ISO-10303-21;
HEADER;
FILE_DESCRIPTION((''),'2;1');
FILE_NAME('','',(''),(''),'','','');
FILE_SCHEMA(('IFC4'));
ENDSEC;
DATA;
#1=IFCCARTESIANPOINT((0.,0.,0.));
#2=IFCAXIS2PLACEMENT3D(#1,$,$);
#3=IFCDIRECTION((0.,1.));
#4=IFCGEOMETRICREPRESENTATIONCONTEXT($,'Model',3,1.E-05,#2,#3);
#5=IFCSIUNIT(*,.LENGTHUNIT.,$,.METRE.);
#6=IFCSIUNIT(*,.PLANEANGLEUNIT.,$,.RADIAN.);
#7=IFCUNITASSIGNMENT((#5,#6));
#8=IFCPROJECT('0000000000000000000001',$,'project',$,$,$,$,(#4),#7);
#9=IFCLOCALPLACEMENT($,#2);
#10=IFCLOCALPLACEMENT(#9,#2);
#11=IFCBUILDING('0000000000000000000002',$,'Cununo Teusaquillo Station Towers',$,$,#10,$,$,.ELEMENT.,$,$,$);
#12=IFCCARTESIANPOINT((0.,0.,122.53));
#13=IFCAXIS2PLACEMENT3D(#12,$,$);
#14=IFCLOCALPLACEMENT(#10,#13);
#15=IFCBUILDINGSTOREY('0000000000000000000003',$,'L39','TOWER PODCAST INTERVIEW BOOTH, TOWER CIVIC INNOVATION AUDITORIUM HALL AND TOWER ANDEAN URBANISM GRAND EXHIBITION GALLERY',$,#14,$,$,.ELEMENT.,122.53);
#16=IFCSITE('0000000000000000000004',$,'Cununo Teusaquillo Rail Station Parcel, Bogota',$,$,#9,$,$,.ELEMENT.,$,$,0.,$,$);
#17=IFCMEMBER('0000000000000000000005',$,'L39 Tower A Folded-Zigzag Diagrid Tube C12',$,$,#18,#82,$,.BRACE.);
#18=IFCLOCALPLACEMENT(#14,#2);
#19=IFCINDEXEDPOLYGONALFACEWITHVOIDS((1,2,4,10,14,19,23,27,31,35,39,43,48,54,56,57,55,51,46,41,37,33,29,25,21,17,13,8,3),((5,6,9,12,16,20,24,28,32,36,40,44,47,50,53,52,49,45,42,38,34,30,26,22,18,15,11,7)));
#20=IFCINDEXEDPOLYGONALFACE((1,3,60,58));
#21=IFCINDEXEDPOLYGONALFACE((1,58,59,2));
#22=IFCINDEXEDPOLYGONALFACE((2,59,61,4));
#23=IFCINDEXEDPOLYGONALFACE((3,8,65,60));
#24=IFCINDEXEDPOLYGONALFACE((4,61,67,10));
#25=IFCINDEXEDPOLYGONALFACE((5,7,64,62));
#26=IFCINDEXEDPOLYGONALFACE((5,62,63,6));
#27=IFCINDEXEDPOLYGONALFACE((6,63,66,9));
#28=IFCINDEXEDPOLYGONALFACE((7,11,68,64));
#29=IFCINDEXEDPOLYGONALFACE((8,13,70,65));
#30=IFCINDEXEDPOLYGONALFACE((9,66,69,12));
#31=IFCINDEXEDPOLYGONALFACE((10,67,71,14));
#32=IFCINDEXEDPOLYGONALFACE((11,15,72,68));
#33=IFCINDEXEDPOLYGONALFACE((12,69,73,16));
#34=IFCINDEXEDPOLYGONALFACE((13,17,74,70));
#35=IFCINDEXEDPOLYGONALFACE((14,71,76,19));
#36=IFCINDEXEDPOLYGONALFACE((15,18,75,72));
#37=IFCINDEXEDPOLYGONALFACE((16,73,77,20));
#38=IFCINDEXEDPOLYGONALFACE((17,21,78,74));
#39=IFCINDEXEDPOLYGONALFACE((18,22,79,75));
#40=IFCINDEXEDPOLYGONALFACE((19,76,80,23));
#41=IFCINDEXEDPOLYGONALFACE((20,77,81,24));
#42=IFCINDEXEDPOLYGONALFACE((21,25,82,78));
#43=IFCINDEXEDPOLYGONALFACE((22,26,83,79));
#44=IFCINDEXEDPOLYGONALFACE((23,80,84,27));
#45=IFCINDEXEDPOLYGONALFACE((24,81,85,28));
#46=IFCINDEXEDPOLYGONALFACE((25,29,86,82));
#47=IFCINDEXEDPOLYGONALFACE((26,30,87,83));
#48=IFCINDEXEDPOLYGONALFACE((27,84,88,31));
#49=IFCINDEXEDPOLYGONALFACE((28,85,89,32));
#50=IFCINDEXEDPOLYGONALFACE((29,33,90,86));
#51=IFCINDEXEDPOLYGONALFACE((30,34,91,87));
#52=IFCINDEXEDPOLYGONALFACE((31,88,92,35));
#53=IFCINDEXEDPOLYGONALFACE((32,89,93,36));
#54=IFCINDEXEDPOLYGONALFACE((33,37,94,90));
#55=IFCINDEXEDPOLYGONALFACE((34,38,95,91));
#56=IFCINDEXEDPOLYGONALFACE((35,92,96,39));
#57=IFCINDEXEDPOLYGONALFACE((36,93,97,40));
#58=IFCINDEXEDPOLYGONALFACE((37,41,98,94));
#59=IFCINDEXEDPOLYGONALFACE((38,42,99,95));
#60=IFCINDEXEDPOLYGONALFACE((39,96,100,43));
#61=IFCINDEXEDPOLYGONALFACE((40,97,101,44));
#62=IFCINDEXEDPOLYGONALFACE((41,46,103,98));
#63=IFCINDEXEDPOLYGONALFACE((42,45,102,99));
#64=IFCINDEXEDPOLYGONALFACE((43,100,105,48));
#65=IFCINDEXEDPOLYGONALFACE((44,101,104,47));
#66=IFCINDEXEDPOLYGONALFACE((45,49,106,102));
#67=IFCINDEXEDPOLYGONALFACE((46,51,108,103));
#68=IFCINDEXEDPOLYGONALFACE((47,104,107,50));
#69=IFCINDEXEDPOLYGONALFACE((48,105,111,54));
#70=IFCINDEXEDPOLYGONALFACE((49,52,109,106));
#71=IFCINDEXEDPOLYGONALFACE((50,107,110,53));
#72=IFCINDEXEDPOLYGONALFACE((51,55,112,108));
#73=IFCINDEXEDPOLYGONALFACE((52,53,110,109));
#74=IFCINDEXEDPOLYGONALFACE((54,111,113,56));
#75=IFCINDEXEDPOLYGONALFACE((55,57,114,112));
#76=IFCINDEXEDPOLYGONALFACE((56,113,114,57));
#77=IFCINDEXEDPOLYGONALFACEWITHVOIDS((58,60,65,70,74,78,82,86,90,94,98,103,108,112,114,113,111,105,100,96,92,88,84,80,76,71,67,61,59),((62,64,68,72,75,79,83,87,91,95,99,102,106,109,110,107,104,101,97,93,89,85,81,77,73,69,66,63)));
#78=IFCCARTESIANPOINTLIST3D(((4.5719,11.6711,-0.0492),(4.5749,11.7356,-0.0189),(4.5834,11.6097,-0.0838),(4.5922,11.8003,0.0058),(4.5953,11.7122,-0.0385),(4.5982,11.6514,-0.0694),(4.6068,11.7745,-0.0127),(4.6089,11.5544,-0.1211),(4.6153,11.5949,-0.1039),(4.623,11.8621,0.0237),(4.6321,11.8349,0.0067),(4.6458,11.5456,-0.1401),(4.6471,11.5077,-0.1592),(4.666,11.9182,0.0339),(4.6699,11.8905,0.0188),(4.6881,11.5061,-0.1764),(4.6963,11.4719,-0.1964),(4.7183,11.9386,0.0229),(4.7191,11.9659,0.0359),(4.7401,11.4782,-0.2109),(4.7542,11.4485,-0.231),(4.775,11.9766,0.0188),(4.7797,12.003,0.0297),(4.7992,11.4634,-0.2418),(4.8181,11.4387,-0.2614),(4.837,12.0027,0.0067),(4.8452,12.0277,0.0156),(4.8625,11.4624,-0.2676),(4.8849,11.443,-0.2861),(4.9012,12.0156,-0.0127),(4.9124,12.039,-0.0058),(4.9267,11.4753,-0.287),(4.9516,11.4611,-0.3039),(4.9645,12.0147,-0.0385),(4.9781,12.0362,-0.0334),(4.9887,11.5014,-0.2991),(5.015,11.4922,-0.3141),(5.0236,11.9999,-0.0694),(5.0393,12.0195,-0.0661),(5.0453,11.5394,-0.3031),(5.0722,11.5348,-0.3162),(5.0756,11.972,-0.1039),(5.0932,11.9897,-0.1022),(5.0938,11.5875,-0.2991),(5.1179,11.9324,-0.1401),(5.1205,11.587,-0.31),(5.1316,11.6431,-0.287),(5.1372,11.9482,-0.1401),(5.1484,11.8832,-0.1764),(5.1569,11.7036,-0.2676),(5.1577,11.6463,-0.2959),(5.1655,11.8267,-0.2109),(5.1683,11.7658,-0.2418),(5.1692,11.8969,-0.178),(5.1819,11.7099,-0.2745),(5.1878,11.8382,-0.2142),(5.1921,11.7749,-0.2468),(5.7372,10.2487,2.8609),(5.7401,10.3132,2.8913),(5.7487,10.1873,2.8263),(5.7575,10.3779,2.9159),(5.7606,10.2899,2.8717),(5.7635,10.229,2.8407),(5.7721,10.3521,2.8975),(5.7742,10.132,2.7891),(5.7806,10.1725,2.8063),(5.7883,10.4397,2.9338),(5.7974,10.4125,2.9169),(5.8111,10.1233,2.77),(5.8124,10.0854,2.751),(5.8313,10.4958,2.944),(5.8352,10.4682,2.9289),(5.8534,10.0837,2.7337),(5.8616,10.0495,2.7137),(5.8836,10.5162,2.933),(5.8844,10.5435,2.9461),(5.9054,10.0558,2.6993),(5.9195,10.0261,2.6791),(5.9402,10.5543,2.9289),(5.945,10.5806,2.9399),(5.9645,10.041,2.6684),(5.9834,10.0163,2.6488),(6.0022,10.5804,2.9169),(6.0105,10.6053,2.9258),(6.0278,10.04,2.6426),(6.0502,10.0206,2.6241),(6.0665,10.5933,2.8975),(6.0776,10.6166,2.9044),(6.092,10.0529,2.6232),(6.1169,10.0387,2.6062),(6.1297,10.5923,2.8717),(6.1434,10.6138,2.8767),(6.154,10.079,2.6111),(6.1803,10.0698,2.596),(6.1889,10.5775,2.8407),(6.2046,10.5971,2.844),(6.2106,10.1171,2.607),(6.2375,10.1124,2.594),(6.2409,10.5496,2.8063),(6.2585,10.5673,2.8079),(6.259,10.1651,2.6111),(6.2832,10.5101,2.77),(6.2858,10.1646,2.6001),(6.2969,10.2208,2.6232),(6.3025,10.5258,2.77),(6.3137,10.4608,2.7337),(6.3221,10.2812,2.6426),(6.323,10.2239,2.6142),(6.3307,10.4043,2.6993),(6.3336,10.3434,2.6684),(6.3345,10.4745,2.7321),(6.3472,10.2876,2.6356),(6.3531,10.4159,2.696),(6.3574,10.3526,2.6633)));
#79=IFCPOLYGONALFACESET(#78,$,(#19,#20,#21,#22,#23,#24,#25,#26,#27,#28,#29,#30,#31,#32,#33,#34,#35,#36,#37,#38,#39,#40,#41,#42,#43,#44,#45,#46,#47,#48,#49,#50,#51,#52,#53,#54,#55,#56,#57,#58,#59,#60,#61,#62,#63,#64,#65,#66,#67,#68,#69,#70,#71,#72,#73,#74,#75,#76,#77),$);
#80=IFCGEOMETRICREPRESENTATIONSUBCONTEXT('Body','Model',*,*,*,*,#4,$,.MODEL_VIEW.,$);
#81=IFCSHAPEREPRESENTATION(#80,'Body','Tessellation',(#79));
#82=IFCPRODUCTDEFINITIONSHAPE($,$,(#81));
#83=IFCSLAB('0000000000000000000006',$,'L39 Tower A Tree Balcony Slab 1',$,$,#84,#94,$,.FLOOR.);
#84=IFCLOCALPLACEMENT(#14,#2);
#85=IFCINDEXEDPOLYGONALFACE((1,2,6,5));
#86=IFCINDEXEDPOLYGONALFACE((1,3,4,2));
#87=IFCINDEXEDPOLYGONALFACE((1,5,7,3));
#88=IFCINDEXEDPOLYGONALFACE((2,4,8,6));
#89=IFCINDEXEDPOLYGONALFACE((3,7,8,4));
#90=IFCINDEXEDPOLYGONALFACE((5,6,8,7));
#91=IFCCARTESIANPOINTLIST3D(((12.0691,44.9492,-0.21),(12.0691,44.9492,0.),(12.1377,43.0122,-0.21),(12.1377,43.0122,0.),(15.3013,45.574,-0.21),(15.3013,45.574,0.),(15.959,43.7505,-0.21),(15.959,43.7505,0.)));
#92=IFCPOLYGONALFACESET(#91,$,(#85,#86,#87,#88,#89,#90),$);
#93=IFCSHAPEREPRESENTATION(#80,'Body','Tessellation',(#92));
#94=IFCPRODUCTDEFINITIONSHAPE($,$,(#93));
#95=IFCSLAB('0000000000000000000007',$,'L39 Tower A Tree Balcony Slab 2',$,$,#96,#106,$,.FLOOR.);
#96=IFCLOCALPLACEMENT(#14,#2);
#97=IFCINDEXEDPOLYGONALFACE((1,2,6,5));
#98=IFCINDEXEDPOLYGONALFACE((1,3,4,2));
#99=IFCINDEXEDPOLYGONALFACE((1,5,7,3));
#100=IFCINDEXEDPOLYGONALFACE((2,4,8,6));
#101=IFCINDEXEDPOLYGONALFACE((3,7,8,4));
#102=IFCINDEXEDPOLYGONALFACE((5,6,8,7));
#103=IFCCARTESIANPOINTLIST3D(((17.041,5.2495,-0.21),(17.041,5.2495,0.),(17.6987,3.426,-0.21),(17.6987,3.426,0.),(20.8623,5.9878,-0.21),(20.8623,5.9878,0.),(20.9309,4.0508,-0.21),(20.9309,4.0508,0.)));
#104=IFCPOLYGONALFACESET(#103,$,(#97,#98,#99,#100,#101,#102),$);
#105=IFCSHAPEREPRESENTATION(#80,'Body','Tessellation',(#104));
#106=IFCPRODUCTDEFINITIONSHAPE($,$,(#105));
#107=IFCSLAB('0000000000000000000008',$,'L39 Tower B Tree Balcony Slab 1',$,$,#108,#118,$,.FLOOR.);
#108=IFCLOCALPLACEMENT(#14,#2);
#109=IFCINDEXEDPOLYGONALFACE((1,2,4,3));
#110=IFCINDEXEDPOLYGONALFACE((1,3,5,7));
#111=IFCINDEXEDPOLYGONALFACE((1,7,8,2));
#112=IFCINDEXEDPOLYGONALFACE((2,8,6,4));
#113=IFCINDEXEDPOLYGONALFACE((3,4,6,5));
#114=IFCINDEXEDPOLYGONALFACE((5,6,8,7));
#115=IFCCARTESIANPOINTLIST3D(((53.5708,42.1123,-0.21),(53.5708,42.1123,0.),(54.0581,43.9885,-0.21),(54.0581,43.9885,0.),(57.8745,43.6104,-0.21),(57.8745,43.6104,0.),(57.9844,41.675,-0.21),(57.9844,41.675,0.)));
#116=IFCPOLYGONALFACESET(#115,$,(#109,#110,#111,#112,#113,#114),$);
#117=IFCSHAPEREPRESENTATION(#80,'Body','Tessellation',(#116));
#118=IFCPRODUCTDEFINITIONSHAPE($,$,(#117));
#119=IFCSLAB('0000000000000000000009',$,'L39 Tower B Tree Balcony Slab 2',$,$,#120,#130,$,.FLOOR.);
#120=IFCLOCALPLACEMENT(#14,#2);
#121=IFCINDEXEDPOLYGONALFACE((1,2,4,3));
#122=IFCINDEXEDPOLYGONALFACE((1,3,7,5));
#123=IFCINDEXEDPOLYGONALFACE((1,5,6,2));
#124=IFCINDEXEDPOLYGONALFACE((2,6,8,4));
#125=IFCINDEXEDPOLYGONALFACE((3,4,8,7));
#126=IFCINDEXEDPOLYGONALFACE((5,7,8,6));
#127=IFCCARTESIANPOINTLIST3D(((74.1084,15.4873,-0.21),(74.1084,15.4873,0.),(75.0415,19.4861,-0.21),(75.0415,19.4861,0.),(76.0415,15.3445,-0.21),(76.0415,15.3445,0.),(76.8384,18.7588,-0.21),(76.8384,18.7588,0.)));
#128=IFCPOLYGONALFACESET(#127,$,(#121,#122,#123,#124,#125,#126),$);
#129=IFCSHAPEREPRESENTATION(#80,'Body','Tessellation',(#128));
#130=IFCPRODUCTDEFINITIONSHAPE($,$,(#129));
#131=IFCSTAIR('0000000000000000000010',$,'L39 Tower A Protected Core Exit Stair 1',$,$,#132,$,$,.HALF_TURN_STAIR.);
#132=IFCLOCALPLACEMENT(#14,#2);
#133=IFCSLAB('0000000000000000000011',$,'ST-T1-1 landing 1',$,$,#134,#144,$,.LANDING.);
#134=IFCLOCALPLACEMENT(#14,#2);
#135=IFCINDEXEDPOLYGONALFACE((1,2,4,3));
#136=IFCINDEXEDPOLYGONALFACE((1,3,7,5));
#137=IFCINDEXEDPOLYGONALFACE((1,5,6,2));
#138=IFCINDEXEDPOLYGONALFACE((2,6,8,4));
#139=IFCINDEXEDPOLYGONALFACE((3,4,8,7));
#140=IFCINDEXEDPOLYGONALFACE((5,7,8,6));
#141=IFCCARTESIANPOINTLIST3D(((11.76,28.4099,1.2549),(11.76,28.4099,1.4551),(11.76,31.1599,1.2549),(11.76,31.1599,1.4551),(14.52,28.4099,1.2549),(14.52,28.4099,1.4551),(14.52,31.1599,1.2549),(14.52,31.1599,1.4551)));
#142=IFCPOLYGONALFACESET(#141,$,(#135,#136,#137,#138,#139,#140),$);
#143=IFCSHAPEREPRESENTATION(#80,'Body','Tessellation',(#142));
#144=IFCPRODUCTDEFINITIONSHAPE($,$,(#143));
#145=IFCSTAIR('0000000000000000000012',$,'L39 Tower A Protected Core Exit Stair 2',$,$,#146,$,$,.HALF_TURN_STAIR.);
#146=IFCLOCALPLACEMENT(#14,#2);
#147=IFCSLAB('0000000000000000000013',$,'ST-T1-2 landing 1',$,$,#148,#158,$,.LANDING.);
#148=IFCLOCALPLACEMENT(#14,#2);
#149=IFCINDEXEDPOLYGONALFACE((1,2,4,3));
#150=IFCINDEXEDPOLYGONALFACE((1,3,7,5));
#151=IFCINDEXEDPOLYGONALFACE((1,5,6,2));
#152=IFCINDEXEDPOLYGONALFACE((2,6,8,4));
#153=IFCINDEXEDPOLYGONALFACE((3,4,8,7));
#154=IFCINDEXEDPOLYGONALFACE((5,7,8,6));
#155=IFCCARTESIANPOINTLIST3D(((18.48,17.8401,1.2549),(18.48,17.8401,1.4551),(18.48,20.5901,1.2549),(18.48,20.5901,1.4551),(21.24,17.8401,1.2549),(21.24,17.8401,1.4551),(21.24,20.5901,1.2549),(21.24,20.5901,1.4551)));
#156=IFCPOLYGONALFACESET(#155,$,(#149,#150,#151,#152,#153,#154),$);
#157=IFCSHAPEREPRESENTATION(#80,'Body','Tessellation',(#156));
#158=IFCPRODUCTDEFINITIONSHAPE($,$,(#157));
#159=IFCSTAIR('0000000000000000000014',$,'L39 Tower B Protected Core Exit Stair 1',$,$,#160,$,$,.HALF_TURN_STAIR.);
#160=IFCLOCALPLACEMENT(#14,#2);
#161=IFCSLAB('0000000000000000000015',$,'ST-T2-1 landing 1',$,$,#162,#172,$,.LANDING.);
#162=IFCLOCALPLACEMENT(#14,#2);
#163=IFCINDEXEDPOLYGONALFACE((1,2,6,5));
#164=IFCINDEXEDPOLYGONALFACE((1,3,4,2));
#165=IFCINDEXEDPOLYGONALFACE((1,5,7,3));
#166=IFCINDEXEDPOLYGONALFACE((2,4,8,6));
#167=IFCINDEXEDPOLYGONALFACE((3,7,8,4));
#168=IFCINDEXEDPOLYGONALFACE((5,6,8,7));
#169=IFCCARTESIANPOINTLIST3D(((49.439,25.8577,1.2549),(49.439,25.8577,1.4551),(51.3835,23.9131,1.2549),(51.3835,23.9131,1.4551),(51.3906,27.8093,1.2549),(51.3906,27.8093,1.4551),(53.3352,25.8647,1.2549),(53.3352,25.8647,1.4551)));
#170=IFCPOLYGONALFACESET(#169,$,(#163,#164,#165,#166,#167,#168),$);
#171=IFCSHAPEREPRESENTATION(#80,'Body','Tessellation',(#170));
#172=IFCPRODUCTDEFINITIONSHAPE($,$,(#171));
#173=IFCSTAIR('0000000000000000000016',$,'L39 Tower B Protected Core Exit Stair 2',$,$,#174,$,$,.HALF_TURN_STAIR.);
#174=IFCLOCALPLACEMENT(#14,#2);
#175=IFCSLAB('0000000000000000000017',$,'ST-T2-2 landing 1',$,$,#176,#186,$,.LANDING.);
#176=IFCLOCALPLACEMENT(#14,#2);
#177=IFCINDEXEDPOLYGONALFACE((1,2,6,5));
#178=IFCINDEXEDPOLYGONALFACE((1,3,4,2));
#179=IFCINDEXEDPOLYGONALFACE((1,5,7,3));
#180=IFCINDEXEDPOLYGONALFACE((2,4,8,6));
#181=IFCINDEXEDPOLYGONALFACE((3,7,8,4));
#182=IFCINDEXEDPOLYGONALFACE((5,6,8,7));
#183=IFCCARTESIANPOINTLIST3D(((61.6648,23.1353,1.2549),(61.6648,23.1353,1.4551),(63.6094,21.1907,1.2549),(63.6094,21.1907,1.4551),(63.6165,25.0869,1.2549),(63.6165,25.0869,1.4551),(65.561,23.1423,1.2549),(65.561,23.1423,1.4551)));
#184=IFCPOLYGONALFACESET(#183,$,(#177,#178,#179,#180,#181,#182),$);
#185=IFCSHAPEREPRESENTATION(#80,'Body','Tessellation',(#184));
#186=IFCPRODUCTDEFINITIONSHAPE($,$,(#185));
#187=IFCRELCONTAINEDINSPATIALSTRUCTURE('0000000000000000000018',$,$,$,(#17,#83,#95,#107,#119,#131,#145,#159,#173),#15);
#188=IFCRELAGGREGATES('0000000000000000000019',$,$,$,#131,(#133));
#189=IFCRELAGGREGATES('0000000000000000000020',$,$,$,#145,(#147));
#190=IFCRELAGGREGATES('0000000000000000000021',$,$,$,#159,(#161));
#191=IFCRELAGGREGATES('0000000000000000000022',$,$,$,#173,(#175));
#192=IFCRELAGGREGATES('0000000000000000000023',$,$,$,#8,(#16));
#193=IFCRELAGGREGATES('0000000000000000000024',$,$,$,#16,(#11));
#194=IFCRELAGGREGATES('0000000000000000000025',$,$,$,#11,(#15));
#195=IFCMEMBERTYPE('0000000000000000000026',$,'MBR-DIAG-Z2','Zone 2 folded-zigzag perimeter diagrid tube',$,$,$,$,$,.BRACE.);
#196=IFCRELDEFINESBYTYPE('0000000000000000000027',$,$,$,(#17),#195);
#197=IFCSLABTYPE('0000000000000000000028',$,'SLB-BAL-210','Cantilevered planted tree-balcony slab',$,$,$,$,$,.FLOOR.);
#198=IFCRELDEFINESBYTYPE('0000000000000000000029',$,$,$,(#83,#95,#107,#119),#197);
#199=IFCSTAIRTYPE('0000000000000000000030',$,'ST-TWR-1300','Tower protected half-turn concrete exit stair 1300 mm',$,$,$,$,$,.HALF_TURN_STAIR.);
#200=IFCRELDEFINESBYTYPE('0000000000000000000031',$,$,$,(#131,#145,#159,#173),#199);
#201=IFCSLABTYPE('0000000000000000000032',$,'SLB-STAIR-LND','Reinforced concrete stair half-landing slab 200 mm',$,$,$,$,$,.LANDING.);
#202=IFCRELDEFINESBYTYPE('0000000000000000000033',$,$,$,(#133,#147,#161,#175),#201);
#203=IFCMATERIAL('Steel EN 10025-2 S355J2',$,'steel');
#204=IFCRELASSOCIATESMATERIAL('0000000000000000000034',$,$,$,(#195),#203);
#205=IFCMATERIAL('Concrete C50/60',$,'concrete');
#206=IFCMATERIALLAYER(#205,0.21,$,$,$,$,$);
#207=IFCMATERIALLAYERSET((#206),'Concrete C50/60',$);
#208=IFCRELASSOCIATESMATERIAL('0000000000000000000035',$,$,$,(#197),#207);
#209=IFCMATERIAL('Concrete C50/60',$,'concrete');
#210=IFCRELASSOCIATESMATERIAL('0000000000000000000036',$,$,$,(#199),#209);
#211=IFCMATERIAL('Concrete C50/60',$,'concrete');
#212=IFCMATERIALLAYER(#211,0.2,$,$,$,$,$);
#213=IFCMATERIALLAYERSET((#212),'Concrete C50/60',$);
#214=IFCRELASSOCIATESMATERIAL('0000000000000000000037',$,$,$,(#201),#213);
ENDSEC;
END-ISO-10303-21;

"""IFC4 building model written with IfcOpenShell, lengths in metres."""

from ifc_helpers import new_model, si_unit, direction, frame, origin, origin_2d, place, context, subcontext, project, spatial, polyline, hollow_circle, outline, extrude, material, layer, layer_set, material_profile, profile_set, type_object, element, aggregate, save


model = new_model("IFC4")

# Units and contexts
model_context = context("Model", 3, precision=1e-05, world=origin(), true_north=direction((0.0, 1.0)))
body_context = subcontext(model_context, "Body", "Model", "MODEL_VIEW")
ifc_project = project(units=[si_unit("LENGTHUNIT", "METRE"), si_unit("PLANEANGLEUNIT", "RADIAN")], contexts=[model_context])

# Site, building, storey
site_placement = place(None, origin())
site = spatial("IfcSite", under=ifc_project, at=site_placement, Name="Cununo Teusaquillo Rail Station Parcel, Bogota", CompositionType="ELEMENT", RefElevation=0.0)
building_placement = place(site_placement, origin())
building = spatial("IfcBuilding", under=site, at=building_placement, Name="Cununo Teusaquillo Station Towers", CompositionType="ELEMENT")
storey_placement = place(building_placement, frame((0.0, 0.0, 122.53)))
storey = spatial("IfcBuildingStorey", under=building, at=storey_placement, Name="L39", Description="TOWER PODCAST INTERVIEW BOOTH, TOWER CIVIC INNOVATION AUDITORIUM HALL AND TOWER ANDEAN URBANISM GRAND EXHIBITION GALLERY", CompositionType="ELEMENT", Elevation=122.53)

# Member
ifc_material_1 = material(Name="Steel EN 10025-2 S355J2", Category="steel")
ifc_material_profile_1 = material_profile(ifc_material_1, hollow_circle(Radius=0.3301, WallThickness=0.0249, at=origin_2d()), Name="CHS 660x25")
ifc_profile_set_1 = profile_set([ifc_material_profile_1], Name="Steel EN 10025-2 S355J2")
member_type = type_object("IfcMemberType", Name="MBR-DIAG-Z2", Description="Zone 2 folded-zigzag perimeter diagrid tube", PredefinedType="BRACE", material=ifc_profile_set_1)
member_placement = place(storey_placement, frame((4.8818, 11.739, -0.1401), z_axis=(0.33851, -0.413191, 0.84539), x_axis=(0.773549, 0.633737, 0.0)))
element("IfcMember", 1, at=member_placement, inside=storey, type_object=member_type, Name="L39 Tower A Folded-Zigzag Diagrid Tube C12", PredefinedType="BRACE", context=body_context, shape_type="SweptSolid", body=[
    extrude(hollow_circle(Radius=0.3301, WallThickness=0.0249, at=origin_2d()), origin(), (0.0, 0.0, 1.0), 3.4424),
])

# Slabs
ifc_material_2 = material(Name="Concrete C50/60", Category="concrete")
ifc_layer_1 = layer(ifc_material_2, 0.21)
ifc_layer_set_1 = layer_set([ifc_layer_1], Name="Concrete C50/60")
slab_type_1 = type_object("IfcSlabType", Name="SLB-BAL-210", Description="Cantilevered planted tree-balcony slab", PredefinedType="FLOOR", material=ifc_layer_set_1)
slab_1_placement = place(storey_placement, frame((0.0, 0.0, -0.21)))
element("IfcSlab", 2, at=slab_1_placement, inside=storey, type_object=slab_type_1, Name="L39 Tower A Tree Balcony Slab 1", PredefinedType="FLOOR", context=body_context, shape_type="SweptSolid", body=[
    extrude(outline(polyline([(15.959, 43.7505), (12.1377, 43.0122), (12.0691, 44.9492), (15.3013, 45.574), (15.959, 43.7505)])), origin(), (0.0, 0.0, 1.0), 0.21),
])
slab_2_placement = place(storey_placement, frame((0.0, 0.0, -0.21)))
element("IfcSlab", 3, at=slab_2_placement, inside=storey, type_object=slab_type_1, Name="L39 Tower A Tree Balcony Slab 2", PredefinedType="FLOOR", context=body_context, shape_type="SweptSolid", body=[
    extrude(outline(polyline([(17.041, 5.2495), (20.8623, 5.9878), (20.9309, 4.0508), (17.6987, 3.426), (17.041, 5.2495)])), origin(), (0.0, 0.0, 1.0), 0.21),
])
slab_3_placement = place(storey_placement, frame((0.0, 0.0, -0.21)))
element("IfcSlab", 4, at=slab_3_placement, inside=storey, type_object=slab_type_1, Name="L39 Tower B Tree Balcony Slab 1", PredefinedType="FLOOR", context=body_context, shape_type="SweptSolid", body=[
    extrude(outline(polyline([(57.9844, 41.675), (53.5708, 42.1123), (54.0581, 43.9885), (57.8745, 43.6104), (57.9844, 41.675)])), origin(), (0.0, 0.0, 1.0), 0.21),
])
slab_4_placement = place(storey_placement, frame((0.0, 0.0, -0.21)))
element("IfcSlab", 5, at=slab_4_placement, inside=storey, type_object=slab_type_1, Name="L39 Tower B Tree Balcony Slab 2", PredefinedType="FLOOR", context=body_context, shape_type="SweptSolid", body=[
    extrude(outline(polyline([(74.1084, 15.4873), (75.0415, 19.4861), (76.8384, 18.7588), (76.0415, 15.3445), (74.1084, 15.4873)])), origin(), (0.0, 0.0, 1.0), 0.21),
])

# Stairs, slabs
ifc_material_3 = material(Name="Concrete C50/60", Category="concrete")
stair_type = type_object("IfcStairType", Name="ST-TWR-1300", Description="Tower protected half-turn concrete exit stair 1300 mm", PredefinedType="HALF_TURN_STAIR", material=ifc_material_3)
stair_1_placement = place(storey_placement, origin())
stair_1 = element("IfcStair", 6, at=stair_1_placement, inside=storey, type_object=stair_type, Name="L39 Tower A Protected Core Exit Stair 1", PredefinedType="HALF_TURN_STAIR")
ifc_material_4 = material(Name="Concrete C50/60", Category="concrete")
ifc_layer_2 = layer(ifc_material_4, 0.2)
ifc_layer_set_2 = layer_set([ifc_layer_2], Name="Concrete C50/60")
slab_type_2 = type_object("IfcSlabType", Name="SLB-STAIR-LND", Description="Reinforced concrete stair half-landing slab 200 mm", PredefinedType="LANDING", material=ifc_layer_set_2)
slab_5_placement = place(storey_placement, frame((0.0, 0.0, 1.2549)))
slab_5 = element("IfcSlab", 7, at=slab_5_placement, type_object=slab_type_2, Name="ST-T1-1 landing 1", PredefinedType="LANDING", context=body_context, shape_type="SweptSolid", body=[
    extrude(outline(polyline([(14.52, 28.4099), (14.52, 31.1599), (11.76, 31.1599), (11.76, 28.4099), (14.52, 28.4099)])), origin(), (0.0, 0.0, 1.0), 0.2002),
])
aggregate(stair_1, [slab_5])
stair_2_placement = place(storey_placement, origin())
stair_2 = element("IfcStair", 8, at=stair_2_placement, inside=storey, type_object=stair_type, Name="L39 Tower A Protected Core Exit Stair 2", PredefinedType="HALF_TURN_STAIR")
slab_6_placement = place(storey_placement, frame((0.0, 0.0, 1.2549)))
slab_6 = element("IfcSlab", 9, at=slab_6_placement, type_object=slab_type_2, Name="ST-T1-2 landing 1", PredefinedType="LANDING", context=body_context, shape_type="SweptSolid", body=[
    extrude(outline(polyline([(18.48, 20.5901), (18.48, 17.8401), (21.24, 17.8401), (21.24, 20.5901), (18.48, 20.5901)])), origin(), (0.0, 0.0, 1.0), 0.2002),
])
aggregate(stair_2, [slab_6])
stair_3_placement = place(storey_placement, origin())
stair_3 = element("IfcStair", 10, at=stair_3_placement, inside=storey, type_object=stair_type, Name="L39 Tower B Protected Core Exit Stair 1", PredefinedType="HALF_TURN_STAIR")
slab_7_placement = place(storey_placement, frame((0.0, 0.0, 1.2549)))
slab_7 = element("IfcSlab", 11, at=slab_7_placement, type_object=slab_type_2, Name="ST-T2-1 landing 1", PredefinedType="LANDING", context=body_context, shape_type="SweptSolid", body=[
    extrude(outline(polyline([(53.3352, 25.8647), (51.3906, 27.8093), (49.439, 25.8577), (51.3835, 23.9131), (53.3352, 25.8647)])), origin(), (0.0, 0.0, 1.0), 0.2002),
])
aggregate(stair_3, [slab_7])
stair_4_placement = place(storey_placement, origin())
stair_4 = element("IfcStair", 12, at=stair_4_placement, inside=storey, type_object=stair_type, Name="L39 Tower B Protected Core Exit Stair 2", PredefinedType="HALF_TURN_STAIR")
slab_8_placement = place(storey_placement, frame((0.0, 0.0, 1.2549)))
slab_8 = element("IfcSlab", 13, at=slab_8_placement, type_object=slab_type_2, Name="ST-T2-2 landing 1", PredefinedType="LANDING", context=body_context, shape_type="SweptSolid", body=[
    extrude(outline(polyline([(61.6648, 23.1353), (63.6094, 21.1907), (65.561, 23.1423), (63.6165, 25.0869), (61.6648, 23.1353)])), origin(), (0.0, 0.0, 1.0), 0.2002),
])
aggregate(stair_4, [slab_8])

save(model, "model.ifc")
